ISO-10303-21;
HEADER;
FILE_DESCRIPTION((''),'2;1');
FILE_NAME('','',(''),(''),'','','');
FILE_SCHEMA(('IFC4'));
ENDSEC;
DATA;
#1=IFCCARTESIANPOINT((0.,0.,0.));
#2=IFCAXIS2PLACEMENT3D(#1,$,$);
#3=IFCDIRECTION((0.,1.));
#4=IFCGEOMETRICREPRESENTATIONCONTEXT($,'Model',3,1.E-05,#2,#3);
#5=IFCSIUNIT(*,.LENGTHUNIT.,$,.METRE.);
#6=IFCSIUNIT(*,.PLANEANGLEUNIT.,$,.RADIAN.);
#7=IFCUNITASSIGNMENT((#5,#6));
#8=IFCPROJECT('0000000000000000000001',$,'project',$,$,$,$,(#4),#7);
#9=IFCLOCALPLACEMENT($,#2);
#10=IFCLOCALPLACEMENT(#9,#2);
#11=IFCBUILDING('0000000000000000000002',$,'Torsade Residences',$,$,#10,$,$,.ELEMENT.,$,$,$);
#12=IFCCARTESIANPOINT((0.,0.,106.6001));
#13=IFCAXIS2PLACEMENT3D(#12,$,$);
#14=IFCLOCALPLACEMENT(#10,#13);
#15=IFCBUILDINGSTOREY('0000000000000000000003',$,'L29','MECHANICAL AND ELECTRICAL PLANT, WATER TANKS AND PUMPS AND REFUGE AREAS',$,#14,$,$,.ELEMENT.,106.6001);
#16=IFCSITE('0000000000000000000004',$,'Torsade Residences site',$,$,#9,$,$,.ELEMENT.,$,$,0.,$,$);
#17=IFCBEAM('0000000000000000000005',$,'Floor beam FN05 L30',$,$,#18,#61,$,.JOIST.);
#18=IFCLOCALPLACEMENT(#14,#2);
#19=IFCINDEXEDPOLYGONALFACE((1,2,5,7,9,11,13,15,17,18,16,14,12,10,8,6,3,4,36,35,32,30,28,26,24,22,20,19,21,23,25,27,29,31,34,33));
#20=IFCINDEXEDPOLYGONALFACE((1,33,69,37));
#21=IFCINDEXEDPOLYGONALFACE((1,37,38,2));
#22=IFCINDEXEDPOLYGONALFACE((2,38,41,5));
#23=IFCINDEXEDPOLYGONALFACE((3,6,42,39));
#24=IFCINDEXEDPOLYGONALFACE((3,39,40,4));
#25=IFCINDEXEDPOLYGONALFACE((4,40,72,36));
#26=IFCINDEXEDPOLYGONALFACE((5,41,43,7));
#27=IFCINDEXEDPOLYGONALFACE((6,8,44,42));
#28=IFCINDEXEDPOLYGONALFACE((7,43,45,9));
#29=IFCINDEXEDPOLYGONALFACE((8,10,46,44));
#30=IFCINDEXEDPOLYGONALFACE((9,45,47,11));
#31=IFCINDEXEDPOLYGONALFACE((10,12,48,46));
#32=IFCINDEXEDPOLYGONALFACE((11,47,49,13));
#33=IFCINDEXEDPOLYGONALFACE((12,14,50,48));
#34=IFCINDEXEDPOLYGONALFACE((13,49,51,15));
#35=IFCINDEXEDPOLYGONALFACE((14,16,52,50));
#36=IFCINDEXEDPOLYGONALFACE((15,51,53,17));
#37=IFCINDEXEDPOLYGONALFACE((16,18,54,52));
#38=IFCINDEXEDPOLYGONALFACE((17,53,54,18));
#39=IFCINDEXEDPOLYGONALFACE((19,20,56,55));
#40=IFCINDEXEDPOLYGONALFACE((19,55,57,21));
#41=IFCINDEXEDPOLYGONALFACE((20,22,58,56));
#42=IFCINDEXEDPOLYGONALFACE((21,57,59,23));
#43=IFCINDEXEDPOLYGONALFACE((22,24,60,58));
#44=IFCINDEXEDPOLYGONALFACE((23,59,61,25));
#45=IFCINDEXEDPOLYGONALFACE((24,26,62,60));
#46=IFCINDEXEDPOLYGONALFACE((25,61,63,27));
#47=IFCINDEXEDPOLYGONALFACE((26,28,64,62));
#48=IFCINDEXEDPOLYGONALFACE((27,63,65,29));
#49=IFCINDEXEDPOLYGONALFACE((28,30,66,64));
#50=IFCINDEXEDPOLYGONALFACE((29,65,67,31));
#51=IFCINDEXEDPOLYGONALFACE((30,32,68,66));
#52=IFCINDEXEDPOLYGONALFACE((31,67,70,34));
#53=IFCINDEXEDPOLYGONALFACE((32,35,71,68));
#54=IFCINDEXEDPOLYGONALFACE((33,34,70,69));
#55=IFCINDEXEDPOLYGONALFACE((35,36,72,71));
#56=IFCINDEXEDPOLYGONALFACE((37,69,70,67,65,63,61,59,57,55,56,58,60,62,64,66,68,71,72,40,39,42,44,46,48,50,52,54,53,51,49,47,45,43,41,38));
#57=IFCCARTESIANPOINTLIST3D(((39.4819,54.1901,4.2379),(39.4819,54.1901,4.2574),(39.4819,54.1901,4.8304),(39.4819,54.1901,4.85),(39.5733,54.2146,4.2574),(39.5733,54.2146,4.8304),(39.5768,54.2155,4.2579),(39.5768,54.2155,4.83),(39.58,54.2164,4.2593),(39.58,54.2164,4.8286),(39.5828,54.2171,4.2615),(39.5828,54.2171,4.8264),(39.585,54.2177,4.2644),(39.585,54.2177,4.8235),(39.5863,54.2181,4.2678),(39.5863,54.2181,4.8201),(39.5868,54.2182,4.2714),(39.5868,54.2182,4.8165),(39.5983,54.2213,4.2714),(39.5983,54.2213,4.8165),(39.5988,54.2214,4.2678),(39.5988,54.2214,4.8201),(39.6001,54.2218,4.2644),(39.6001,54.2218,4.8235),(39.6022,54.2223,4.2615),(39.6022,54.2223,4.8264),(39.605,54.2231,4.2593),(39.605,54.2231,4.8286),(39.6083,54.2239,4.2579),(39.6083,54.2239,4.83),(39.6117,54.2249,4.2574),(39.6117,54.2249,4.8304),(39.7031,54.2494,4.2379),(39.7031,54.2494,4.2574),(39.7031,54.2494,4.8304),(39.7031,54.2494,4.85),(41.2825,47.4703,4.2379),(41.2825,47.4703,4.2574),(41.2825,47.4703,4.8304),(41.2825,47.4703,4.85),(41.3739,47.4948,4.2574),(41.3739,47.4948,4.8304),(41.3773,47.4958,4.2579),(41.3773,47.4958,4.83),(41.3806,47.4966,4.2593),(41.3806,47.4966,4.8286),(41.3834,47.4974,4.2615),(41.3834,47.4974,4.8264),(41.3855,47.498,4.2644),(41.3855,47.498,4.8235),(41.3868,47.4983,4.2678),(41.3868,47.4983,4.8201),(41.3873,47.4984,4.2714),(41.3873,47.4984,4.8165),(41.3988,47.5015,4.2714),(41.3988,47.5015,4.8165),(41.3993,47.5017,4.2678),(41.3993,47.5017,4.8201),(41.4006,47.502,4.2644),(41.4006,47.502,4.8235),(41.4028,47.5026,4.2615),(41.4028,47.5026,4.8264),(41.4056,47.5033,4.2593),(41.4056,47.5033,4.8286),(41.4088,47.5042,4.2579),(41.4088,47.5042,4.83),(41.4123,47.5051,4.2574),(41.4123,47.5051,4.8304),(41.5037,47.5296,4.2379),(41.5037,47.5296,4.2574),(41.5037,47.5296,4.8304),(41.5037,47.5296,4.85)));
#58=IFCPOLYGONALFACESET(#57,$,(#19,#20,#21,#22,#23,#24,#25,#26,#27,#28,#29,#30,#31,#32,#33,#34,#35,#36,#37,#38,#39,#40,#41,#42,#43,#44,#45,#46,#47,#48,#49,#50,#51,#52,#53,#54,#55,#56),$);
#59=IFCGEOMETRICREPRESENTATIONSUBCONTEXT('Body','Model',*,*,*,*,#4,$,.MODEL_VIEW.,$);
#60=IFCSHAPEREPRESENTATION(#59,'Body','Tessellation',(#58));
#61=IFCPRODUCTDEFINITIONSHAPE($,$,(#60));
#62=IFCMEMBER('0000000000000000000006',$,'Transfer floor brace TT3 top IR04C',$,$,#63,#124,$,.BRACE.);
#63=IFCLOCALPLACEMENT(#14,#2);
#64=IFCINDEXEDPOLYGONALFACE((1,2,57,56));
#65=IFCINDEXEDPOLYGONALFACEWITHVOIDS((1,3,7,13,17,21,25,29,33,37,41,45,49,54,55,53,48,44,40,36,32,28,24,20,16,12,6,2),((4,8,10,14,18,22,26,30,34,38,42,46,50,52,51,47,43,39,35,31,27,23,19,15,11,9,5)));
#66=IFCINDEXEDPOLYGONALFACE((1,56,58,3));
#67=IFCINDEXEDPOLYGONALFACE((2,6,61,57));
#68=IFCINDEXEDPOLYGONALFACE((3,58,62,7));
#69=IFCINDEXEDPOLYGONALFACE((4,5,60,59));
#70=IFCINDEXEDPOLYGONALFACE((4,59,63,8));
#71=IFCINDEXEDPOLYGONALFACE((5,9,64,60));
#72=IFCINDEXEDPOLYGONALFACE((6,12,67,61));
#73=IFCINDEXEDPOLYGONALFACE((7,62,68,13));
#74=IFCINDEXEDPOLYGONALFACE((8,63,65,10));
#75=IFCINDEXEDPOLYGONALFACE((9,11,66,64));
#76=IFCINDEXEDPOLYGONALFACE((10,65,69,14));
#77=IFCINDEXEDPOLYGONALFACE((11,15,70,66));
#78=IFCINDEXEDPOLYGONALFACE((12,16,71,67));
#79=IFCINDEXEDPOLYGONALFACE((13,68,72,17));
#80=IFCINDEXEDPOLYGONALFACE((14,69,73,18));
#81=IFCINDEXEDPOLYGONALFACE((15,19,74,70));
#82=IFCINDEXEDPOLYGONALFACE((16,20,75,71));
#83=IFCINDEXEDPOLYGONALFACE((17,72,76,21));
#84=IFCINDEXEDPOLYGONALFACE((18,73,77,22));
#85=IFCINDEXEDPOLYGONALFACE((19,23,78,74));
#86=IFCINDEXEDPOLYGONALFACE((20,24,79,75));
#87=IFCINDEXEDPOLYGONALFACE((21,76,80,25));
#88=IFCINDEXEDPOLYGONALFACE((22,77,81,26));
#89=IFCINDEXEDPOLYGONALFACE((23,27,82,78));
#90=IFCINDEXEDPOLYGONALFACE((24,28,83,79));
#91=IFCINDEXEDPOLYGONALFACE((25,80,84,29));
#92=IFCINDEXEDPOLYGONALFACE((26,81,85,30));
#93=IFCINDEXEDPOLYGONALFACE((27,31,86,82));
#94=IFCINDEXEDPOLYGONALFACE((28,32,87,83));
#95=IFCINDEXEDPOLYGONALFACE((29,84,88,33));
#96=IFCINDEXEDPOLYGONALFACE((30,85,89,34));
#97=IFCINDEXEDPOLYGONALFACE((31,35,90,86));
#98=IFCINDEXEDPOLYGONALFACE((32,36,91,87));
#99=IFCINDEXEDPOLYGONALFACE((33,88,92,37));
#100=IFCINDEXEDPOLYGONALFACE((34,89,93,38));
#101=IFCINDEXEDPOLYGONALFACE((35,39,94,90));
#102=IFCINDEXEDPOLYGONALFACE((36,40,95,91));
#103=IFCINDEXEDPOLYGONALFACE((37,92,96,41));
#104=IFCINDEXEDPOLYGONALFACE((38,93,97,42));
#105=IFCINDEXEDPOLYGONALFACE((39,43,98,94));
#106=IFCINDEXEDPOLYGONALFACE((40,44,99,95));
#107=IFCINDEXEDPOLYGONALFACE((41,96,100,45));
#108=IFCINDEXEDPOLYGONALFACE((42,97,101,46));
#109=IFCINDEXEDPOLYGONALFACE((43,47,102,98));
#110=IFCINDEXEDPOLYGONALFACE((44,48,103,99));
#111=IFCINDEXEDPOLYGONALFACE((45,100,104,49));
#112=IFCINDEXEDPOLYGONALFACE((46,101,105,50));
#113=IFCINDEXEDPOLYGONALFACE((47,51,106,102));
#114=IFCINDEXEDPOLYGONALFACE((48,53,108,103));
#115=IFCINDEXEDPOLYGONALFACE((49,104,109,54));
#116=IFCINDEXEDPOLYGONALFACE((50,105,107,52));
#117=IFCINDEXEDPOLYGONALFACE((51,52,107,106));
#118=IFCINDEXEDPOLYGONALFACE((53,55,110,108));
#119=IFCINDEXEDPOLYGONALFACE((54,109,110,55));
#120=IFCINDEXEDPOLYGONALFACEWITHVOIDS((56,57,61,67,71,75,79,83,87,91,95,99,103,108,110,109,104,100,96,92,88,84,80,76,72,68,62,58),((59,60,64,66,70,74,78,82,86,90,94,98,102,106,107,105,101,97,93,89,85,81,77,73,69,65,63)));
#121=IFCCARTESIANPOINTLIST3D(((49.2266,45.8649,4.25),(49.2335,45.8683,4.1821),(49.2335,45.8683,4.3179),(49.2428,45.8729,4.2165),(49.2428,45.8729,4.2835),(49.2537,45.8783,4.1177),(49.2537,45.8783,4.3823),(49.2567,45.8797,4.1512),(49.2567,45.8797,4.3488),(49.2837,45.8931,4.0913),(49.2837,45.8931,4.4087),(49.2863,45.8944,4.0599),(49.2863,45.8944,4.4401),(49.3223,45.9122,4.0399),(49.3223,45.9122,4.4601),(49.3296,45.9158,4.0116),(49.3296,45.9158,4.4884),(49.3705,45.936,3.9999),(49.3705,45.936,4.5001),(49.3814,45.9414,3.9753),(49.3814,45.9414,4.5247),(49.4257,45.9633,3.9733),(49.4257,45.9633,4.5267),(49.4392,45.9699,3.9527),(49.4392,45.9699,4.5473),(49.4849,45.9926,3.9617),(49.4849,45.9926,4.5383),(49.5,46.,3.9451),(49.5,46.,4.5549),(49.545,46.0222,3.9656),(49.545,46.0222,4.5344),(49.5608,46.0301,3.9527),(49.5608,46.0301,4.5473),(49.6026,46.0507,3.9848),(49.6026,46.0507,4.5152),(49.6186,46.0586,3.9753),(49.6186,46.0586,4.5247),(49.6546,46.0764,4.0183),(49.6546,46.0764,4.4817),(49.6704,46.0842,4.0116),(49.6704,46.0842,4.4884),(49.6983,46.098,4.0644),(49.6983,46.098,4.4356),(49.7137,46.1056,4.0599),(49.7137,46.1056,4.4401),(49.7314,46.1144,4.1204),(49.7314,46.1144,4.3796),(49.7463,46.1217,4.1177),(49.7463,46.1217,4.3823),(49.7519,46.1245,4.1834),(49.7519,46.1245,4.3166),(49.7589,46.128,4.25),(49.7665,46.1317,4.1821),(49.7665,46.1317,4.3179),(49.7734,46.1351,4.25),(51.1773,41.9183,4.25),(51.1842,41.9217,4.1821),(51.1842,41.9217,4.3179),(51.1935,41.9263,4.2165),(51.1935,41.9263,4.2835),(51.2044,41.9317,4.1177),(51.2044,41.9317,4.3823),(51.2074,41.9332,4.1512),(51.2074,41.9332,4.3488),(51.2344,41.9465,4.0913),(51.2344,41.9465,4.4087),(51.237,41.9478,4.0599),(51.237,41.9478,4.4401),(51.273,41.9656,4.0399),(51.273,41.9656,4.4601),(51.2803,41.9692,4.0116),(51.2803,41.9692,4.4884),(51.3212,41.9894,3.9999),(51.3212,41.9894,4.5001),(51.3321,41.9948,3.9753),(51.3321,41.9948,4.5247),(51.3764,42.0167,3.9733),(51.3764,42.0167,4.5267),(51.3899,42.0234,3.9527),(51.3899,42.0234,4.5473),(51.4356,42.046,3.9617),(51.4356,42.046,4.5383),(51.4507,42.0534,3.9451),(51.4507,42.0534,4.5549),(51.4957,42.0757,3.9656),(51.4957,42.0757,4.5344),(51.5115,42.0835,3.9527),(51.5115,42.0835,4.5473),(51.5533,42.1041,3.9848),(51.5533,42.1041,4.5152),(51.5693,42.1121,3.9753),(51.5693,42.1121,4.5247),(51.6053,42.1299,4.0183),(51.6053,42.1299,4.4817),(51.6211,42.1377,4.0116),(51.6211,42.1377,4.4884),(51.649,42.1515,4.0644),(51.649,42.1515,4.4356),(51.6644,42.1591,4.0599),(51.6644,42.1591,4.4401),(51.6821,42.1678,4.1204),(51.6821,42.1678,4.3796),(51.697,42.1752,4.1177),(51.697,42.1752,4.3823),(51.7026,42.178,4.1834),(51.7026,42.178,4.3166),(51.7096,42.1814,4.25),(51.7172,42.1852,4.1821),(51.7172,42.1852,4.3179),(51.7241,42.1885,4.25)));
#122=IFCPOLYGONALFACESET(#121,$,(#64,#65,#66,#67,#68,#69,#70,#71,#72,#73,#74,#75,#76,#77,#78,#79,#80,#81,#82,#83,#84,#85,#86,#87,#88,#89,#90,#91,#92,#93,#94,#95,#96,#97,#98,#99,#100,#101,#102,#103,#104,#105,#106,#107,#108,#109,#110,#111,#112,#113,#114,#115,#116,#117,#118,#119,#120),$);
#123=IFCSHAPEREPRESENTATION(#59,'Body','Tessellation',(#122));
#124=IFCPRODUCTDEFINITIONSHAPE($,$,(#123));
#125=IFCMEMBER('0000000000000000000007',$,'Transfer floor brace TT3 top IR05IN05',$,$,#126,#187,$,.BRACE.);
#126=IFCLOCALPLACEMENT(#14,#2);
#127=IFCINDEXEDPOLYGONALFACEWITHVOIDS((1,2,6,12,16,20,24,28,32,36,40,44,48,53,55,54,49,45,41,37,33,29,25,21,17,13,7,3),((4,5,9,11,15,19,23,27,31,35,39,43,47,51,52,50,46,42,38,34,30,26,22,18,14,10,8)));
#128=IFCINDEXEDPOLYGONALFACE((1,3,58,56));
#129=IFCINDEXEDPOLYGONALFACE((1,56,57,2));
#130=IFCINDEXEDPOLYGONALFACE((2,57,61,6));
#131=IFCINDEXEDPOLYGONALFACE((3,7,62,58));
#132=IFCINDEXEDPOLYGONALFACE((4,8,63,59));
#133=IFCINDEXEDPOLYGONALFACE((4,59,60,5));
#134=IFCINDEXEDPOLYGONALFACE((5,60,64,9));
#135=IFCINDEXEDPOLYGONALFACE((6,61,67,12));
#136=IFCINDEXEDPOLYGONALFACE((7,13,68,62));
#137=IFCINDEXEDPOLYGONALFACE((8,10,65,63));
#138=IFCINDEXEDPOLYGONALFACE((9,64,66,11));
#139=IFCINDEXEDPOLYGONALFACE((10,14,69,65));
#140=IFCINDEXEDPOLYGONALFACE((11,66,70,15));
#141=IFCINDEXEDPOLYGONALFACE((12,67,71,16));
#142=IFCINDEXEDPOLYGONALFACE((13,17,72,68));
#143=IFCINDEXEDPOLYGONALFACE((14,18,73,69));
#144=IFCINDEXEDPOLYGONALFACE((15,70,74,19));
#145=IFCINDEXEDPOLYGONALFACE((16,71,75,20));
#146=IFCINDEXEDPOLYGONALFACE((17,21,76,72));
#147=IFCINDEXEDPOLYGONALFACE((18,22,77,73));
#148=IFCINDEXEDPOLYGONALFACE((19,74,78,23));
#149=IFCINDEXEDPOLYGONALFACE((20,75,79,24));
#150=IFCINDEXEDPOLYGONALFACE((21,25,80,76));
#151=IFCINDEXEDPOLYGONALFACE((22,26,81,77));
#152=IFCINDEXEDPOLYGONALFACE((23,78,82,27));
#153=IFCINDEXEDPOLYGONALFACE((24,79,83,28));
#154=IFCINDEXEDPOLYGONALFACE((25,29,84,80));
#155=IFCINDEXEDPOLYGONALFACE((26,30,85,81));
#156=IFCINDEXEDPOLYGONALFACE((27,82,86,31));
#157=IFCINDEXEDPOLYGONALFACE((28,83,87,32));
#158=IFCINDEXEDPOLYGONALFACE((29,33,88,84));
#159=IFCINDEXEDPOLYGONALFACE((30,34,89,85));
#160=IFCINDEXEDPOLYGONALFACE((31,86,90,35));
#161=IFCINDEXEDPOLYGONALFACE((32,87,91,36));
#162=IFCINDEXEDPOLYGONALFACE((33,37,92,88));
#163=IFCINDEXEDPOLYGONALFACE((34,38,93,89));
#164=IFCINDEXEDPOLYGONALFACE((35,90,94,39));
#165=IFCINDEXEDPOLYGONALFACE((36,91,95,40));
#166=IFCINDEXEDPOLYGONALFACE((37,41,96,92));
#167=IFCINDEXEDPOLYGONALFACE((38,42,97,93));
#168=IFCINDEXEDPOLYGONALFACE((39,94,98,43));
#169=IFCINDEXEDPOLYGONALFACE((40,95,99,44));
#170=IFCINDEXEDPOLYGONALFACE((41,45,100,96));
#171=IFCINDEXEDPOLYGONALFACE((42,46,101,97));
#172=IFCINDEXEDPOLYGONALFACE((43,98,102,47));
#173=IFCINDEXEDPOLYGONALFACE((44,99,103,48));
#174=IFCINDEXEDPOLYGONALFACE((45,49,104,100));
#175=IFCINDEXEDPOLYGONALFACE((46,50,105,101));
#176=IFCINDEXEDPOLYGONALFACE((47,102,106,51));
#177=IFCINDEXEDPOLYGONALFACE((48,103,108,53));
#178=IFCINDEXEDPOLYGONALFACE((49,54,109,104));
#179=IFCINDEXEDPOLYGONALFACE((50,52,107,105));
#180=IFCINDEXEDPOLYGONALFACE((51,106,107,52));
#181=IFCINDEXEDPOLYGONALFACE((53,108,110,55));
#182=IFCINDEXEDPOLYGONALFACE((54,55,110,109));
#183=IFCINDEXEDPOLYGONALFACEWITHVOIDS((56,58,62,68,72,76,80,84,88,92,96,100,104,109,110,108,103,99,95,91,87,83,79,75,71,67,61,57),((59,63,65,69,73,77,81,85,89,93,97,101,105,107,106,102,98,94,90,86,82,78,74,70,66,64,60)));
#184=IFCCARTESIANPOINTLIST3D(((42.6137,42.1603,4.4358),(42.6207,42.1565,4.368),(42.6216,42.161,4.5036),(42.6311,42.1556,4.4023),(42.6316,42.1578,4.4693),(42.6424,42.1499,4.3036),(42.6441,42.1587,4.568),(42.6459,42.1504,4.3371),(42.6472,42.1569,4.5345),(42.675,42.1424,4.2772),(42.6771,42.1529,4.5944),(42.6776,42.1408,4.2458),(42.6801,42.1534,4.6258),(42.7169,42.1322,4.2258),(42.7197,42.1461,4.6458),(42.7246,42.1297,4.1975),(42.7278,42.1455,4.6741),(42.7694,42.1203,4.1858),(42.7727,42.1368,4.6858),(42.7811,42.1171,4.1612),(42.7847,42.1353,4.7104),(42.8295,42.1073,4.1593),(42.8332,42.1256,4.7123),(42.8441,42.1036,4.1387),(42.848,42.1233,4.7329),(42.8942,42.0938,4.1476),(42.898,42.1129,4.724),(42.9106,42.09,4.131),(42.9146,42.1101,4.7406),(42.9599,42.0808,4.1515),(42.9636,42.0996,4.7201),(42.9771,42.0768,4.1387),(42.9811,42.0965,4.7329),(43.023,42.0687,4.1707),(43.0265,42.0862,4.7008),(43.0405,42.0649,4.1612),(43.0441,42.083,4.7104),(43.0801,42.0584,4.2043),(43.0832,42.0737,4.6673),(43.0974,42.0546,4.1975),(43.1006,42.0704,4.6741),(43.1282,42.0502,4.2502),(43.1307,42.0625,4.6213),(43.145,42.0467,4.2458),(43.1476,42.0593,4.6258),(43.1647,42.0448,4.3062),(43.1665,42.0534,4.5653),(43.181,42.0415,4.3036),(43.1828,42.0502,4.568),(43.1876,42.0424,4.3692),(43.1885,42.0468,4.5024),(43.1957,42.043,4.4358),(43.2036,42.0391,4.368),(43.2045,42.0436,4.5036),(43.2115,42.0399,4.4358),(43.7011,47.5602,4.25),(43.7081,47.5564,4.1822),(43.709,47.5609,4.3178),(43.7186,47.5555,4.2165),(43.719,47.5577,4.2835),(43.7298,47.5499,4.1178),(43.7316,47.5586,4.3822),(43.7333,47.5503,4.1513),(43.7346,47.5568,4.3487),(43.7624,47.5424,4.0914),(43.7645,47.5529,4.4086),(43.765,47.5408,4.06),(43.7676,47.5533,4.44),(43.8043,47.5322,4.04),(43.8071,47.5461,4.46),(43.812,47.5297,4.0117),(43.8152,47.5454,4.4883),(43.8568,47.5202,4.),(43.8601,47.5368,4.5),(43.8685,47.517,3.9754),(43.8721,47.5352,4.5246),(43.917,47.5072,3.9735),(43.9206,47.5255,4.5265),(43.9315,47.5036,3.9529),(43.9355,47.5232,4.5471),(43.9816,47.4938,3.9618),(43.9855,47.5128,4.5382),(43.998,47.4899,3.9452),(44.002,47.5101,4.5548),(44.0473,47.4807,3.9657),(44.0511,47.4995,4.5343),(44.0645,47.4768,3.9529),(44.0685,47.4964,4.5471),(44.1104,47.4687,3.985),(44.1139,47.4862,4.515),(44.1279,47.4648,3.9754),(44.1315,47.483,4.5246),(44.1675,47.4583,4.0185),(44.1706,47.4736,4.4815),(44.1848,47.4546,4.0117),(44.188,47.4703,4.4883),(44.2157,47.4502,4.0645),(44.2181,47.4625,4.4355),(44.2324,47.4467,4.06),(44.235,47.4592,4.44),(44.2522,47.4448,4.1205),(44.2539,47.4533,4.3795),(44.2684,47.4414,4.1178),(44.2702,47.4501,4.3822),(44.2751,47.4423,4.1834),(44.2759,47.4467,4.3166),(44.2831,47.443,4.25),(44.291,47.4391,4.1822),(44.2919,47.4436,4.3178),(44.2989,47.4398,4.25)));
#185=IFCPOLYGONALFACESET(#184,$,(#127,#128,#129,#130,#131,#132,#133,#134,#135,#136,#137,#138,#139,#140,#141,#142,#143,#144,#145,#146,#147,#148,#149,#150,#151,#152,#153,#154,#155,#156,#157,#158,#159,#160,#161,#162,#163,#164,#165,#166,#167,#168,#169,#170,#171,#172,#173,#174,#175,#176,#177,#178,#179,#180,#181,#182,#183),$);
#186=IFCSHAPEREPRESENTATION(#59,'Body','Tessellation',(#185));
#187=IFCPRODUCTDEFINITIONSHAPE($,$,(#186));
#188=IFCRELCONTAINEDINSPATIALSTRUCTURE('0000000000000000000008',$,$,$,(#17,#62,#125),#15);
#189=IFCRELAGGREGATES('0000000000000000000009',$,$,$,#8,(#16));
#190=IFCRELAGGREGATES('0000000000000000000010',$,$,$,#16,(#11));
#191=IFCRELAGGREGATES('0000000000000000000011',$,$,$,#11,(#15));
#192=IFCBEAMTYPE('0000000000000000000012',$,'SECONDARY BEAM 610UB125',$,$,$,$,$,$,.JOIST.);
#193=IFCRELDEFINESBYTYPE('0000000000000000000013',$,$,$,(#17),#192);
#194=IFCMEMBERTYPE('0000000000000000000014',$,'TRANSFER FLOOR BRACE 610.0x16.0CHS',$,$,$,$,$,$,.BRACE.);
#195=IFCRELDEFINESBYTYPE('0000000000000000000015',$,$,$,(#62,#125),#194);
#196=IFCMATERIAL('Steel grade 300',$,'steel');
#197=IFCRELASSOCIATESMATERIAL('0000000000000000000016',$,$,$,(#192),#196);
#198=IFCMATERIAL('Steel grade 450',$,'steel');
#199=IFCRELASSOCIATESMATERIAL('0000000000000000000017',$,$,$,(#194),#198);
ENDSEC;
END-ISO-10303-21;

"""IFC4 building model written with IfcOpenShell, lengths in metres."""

from ifc_helpers import new_model, si_unit, direction, frame, origin, origin_2d, place, context, subcontext, project, spatial, hollow_circle, i_section, extrude, material, material_profile, profile_set, type_object, element, save


model = new_model("IFC4")

# Units and contexts
model_context = context("Model", 3, precision=1e-05, world=origin(), true_north=direction((0.0, 1.0)))
body_context = subcontext(model_context, "Body", "Model", "MODEL_VIEW")
ifc_project = project(units=[si_unit("LENGTHUNIT", "METRE"), si_unit("PLANEANGLEUNIT", "RADIAN")], contexts=[model_context])

# Site, building, storey
site_placement = place(None, origin())
site = spatial("IfcSite", under=ifc_project, at=site_placement, Name="Torsade Residences site", CompositionType="ELEMENT", RefElevation=0.0)
building_placement = place(site_placement, origin())
building = spatial("IfcBuilding", under=site, at=building_placement, Name="Torsade Residences", CompositionType="ELEMENT")
storey_placement = place(building_placement, frame((0.0, 0.0, 106.6001)))
storey = spatial("IfcBuildingStorey", under=building, at=storey_placement, Name="L29", Description="MECHANICAL AND ELECTRICAL PLANT, WATER TANKS AND PUMPS AND REFUGE AREAS", CompositionType="ELEMENT", Elevation=106.6001)

# Beam
ifc_material_1 = material(Name="Steel grade 300", Category="steel")
ifc_material_profile_1 = material_profile(ifc_material_1, i_section(OverallWidth=0.229, OverallDepth=0.6121, WebThickness=0.012, FlangeThickness=0.0195, FilletRadius=0.0139, at=origin_2d()), Name="610UB125")
ifc_profile_set_1 = profile_set([ifc_material_profile_1], Name="Steel grade 300")
beam_type_1 = type_object("IfcBeamType", Name="SECONDARY BEAM 610UB125", PredefinedType="JOIST", material=ifc_profile_set_1)
beam_1_placement = place(storey_placement, frame((39.5925, 54.2197, 4.5439), z_axis=(0.258818, -0.965926, 0.0), x_axis=(0.965926, 0.258818, 0.0)))
element("IfcBeam", 1, at=beam_1_placement, inside=storey, type_object=beam_type_1, Name="Floor beam FN05 L30", PredefinedType="JOIST", context=body_context, shape_type="SweptSolid", body=[
    extrude(i_section(OverallWidth=0.229, OverallDepth=0.6121, WebThickness=0.012, FlangeThickness=0.0195, FilletRadius=0.0139, at=origin_2d()), origin(), (0.0, 0.0, 1.0), 6.9568),
])

# Members
ifc_material_2 = material(Name="Steel grade 450", Category="steel")
ifc_material_profile_2 = material_profile(ifc_material_2, hollow_circle(Radius=0.3049, WallThickness=0.0161, at=origin_2d()), Name="610.0x16.0CHS")
ifc_profile_set_2 = profile_set([ifc_material_profile_2], Name="Steel grade 450")
member_type_1 = type_object("IfcMemberType", Name="TRANSFER FLOOR BRACE 610.0x16.0CHS", PredefinedType="BRACE", material=ifc_profile_set_2)
member_1_placement = place(storey_placement, frame((49.5, 46.0, 4.25), z_axis=(0.443105, -0.89647, 0.0), x_axis=(0.89647, 0.443105, 0.0)))
element("IfcMember", 2, at=member_1_placement, inside=storey, type_object=member_type_1, Name="Transfer floor brace TT3 top IR04C", PredefinedType="BRACE", context=body_context, shape_type="SweptSolid", body=[
    extrude(hollow_circle(Radius=0.3049, WallThickness=0.0161, at=origin_2d()), origin(), (0.0, 0.0, 1.0), 4.4023),
])
member_2_placement = place(storey_placement, frame((44.0, 47.5, 4.25), z_axis=(-0.197299, -0.979764, 0.03371), x_axis=(0.980321, -0.197412, 0.0)))
element("IfcMember", 3, at=member_2_placement, inside=storey, type_object=member_type_1, Name="Transfer floor brace TT3 top IR05IN05", PredefinedType="BRACE", context=body_context, shape_type="SweptSolid", body=[
    extrude(hollow_circle(Radius=0.3049, WallThickness=0.0161, at=origin_2d()), origin(), (0.0, 0.0, 1.0), 5.5115),
])

save(model, "model.ifc")
